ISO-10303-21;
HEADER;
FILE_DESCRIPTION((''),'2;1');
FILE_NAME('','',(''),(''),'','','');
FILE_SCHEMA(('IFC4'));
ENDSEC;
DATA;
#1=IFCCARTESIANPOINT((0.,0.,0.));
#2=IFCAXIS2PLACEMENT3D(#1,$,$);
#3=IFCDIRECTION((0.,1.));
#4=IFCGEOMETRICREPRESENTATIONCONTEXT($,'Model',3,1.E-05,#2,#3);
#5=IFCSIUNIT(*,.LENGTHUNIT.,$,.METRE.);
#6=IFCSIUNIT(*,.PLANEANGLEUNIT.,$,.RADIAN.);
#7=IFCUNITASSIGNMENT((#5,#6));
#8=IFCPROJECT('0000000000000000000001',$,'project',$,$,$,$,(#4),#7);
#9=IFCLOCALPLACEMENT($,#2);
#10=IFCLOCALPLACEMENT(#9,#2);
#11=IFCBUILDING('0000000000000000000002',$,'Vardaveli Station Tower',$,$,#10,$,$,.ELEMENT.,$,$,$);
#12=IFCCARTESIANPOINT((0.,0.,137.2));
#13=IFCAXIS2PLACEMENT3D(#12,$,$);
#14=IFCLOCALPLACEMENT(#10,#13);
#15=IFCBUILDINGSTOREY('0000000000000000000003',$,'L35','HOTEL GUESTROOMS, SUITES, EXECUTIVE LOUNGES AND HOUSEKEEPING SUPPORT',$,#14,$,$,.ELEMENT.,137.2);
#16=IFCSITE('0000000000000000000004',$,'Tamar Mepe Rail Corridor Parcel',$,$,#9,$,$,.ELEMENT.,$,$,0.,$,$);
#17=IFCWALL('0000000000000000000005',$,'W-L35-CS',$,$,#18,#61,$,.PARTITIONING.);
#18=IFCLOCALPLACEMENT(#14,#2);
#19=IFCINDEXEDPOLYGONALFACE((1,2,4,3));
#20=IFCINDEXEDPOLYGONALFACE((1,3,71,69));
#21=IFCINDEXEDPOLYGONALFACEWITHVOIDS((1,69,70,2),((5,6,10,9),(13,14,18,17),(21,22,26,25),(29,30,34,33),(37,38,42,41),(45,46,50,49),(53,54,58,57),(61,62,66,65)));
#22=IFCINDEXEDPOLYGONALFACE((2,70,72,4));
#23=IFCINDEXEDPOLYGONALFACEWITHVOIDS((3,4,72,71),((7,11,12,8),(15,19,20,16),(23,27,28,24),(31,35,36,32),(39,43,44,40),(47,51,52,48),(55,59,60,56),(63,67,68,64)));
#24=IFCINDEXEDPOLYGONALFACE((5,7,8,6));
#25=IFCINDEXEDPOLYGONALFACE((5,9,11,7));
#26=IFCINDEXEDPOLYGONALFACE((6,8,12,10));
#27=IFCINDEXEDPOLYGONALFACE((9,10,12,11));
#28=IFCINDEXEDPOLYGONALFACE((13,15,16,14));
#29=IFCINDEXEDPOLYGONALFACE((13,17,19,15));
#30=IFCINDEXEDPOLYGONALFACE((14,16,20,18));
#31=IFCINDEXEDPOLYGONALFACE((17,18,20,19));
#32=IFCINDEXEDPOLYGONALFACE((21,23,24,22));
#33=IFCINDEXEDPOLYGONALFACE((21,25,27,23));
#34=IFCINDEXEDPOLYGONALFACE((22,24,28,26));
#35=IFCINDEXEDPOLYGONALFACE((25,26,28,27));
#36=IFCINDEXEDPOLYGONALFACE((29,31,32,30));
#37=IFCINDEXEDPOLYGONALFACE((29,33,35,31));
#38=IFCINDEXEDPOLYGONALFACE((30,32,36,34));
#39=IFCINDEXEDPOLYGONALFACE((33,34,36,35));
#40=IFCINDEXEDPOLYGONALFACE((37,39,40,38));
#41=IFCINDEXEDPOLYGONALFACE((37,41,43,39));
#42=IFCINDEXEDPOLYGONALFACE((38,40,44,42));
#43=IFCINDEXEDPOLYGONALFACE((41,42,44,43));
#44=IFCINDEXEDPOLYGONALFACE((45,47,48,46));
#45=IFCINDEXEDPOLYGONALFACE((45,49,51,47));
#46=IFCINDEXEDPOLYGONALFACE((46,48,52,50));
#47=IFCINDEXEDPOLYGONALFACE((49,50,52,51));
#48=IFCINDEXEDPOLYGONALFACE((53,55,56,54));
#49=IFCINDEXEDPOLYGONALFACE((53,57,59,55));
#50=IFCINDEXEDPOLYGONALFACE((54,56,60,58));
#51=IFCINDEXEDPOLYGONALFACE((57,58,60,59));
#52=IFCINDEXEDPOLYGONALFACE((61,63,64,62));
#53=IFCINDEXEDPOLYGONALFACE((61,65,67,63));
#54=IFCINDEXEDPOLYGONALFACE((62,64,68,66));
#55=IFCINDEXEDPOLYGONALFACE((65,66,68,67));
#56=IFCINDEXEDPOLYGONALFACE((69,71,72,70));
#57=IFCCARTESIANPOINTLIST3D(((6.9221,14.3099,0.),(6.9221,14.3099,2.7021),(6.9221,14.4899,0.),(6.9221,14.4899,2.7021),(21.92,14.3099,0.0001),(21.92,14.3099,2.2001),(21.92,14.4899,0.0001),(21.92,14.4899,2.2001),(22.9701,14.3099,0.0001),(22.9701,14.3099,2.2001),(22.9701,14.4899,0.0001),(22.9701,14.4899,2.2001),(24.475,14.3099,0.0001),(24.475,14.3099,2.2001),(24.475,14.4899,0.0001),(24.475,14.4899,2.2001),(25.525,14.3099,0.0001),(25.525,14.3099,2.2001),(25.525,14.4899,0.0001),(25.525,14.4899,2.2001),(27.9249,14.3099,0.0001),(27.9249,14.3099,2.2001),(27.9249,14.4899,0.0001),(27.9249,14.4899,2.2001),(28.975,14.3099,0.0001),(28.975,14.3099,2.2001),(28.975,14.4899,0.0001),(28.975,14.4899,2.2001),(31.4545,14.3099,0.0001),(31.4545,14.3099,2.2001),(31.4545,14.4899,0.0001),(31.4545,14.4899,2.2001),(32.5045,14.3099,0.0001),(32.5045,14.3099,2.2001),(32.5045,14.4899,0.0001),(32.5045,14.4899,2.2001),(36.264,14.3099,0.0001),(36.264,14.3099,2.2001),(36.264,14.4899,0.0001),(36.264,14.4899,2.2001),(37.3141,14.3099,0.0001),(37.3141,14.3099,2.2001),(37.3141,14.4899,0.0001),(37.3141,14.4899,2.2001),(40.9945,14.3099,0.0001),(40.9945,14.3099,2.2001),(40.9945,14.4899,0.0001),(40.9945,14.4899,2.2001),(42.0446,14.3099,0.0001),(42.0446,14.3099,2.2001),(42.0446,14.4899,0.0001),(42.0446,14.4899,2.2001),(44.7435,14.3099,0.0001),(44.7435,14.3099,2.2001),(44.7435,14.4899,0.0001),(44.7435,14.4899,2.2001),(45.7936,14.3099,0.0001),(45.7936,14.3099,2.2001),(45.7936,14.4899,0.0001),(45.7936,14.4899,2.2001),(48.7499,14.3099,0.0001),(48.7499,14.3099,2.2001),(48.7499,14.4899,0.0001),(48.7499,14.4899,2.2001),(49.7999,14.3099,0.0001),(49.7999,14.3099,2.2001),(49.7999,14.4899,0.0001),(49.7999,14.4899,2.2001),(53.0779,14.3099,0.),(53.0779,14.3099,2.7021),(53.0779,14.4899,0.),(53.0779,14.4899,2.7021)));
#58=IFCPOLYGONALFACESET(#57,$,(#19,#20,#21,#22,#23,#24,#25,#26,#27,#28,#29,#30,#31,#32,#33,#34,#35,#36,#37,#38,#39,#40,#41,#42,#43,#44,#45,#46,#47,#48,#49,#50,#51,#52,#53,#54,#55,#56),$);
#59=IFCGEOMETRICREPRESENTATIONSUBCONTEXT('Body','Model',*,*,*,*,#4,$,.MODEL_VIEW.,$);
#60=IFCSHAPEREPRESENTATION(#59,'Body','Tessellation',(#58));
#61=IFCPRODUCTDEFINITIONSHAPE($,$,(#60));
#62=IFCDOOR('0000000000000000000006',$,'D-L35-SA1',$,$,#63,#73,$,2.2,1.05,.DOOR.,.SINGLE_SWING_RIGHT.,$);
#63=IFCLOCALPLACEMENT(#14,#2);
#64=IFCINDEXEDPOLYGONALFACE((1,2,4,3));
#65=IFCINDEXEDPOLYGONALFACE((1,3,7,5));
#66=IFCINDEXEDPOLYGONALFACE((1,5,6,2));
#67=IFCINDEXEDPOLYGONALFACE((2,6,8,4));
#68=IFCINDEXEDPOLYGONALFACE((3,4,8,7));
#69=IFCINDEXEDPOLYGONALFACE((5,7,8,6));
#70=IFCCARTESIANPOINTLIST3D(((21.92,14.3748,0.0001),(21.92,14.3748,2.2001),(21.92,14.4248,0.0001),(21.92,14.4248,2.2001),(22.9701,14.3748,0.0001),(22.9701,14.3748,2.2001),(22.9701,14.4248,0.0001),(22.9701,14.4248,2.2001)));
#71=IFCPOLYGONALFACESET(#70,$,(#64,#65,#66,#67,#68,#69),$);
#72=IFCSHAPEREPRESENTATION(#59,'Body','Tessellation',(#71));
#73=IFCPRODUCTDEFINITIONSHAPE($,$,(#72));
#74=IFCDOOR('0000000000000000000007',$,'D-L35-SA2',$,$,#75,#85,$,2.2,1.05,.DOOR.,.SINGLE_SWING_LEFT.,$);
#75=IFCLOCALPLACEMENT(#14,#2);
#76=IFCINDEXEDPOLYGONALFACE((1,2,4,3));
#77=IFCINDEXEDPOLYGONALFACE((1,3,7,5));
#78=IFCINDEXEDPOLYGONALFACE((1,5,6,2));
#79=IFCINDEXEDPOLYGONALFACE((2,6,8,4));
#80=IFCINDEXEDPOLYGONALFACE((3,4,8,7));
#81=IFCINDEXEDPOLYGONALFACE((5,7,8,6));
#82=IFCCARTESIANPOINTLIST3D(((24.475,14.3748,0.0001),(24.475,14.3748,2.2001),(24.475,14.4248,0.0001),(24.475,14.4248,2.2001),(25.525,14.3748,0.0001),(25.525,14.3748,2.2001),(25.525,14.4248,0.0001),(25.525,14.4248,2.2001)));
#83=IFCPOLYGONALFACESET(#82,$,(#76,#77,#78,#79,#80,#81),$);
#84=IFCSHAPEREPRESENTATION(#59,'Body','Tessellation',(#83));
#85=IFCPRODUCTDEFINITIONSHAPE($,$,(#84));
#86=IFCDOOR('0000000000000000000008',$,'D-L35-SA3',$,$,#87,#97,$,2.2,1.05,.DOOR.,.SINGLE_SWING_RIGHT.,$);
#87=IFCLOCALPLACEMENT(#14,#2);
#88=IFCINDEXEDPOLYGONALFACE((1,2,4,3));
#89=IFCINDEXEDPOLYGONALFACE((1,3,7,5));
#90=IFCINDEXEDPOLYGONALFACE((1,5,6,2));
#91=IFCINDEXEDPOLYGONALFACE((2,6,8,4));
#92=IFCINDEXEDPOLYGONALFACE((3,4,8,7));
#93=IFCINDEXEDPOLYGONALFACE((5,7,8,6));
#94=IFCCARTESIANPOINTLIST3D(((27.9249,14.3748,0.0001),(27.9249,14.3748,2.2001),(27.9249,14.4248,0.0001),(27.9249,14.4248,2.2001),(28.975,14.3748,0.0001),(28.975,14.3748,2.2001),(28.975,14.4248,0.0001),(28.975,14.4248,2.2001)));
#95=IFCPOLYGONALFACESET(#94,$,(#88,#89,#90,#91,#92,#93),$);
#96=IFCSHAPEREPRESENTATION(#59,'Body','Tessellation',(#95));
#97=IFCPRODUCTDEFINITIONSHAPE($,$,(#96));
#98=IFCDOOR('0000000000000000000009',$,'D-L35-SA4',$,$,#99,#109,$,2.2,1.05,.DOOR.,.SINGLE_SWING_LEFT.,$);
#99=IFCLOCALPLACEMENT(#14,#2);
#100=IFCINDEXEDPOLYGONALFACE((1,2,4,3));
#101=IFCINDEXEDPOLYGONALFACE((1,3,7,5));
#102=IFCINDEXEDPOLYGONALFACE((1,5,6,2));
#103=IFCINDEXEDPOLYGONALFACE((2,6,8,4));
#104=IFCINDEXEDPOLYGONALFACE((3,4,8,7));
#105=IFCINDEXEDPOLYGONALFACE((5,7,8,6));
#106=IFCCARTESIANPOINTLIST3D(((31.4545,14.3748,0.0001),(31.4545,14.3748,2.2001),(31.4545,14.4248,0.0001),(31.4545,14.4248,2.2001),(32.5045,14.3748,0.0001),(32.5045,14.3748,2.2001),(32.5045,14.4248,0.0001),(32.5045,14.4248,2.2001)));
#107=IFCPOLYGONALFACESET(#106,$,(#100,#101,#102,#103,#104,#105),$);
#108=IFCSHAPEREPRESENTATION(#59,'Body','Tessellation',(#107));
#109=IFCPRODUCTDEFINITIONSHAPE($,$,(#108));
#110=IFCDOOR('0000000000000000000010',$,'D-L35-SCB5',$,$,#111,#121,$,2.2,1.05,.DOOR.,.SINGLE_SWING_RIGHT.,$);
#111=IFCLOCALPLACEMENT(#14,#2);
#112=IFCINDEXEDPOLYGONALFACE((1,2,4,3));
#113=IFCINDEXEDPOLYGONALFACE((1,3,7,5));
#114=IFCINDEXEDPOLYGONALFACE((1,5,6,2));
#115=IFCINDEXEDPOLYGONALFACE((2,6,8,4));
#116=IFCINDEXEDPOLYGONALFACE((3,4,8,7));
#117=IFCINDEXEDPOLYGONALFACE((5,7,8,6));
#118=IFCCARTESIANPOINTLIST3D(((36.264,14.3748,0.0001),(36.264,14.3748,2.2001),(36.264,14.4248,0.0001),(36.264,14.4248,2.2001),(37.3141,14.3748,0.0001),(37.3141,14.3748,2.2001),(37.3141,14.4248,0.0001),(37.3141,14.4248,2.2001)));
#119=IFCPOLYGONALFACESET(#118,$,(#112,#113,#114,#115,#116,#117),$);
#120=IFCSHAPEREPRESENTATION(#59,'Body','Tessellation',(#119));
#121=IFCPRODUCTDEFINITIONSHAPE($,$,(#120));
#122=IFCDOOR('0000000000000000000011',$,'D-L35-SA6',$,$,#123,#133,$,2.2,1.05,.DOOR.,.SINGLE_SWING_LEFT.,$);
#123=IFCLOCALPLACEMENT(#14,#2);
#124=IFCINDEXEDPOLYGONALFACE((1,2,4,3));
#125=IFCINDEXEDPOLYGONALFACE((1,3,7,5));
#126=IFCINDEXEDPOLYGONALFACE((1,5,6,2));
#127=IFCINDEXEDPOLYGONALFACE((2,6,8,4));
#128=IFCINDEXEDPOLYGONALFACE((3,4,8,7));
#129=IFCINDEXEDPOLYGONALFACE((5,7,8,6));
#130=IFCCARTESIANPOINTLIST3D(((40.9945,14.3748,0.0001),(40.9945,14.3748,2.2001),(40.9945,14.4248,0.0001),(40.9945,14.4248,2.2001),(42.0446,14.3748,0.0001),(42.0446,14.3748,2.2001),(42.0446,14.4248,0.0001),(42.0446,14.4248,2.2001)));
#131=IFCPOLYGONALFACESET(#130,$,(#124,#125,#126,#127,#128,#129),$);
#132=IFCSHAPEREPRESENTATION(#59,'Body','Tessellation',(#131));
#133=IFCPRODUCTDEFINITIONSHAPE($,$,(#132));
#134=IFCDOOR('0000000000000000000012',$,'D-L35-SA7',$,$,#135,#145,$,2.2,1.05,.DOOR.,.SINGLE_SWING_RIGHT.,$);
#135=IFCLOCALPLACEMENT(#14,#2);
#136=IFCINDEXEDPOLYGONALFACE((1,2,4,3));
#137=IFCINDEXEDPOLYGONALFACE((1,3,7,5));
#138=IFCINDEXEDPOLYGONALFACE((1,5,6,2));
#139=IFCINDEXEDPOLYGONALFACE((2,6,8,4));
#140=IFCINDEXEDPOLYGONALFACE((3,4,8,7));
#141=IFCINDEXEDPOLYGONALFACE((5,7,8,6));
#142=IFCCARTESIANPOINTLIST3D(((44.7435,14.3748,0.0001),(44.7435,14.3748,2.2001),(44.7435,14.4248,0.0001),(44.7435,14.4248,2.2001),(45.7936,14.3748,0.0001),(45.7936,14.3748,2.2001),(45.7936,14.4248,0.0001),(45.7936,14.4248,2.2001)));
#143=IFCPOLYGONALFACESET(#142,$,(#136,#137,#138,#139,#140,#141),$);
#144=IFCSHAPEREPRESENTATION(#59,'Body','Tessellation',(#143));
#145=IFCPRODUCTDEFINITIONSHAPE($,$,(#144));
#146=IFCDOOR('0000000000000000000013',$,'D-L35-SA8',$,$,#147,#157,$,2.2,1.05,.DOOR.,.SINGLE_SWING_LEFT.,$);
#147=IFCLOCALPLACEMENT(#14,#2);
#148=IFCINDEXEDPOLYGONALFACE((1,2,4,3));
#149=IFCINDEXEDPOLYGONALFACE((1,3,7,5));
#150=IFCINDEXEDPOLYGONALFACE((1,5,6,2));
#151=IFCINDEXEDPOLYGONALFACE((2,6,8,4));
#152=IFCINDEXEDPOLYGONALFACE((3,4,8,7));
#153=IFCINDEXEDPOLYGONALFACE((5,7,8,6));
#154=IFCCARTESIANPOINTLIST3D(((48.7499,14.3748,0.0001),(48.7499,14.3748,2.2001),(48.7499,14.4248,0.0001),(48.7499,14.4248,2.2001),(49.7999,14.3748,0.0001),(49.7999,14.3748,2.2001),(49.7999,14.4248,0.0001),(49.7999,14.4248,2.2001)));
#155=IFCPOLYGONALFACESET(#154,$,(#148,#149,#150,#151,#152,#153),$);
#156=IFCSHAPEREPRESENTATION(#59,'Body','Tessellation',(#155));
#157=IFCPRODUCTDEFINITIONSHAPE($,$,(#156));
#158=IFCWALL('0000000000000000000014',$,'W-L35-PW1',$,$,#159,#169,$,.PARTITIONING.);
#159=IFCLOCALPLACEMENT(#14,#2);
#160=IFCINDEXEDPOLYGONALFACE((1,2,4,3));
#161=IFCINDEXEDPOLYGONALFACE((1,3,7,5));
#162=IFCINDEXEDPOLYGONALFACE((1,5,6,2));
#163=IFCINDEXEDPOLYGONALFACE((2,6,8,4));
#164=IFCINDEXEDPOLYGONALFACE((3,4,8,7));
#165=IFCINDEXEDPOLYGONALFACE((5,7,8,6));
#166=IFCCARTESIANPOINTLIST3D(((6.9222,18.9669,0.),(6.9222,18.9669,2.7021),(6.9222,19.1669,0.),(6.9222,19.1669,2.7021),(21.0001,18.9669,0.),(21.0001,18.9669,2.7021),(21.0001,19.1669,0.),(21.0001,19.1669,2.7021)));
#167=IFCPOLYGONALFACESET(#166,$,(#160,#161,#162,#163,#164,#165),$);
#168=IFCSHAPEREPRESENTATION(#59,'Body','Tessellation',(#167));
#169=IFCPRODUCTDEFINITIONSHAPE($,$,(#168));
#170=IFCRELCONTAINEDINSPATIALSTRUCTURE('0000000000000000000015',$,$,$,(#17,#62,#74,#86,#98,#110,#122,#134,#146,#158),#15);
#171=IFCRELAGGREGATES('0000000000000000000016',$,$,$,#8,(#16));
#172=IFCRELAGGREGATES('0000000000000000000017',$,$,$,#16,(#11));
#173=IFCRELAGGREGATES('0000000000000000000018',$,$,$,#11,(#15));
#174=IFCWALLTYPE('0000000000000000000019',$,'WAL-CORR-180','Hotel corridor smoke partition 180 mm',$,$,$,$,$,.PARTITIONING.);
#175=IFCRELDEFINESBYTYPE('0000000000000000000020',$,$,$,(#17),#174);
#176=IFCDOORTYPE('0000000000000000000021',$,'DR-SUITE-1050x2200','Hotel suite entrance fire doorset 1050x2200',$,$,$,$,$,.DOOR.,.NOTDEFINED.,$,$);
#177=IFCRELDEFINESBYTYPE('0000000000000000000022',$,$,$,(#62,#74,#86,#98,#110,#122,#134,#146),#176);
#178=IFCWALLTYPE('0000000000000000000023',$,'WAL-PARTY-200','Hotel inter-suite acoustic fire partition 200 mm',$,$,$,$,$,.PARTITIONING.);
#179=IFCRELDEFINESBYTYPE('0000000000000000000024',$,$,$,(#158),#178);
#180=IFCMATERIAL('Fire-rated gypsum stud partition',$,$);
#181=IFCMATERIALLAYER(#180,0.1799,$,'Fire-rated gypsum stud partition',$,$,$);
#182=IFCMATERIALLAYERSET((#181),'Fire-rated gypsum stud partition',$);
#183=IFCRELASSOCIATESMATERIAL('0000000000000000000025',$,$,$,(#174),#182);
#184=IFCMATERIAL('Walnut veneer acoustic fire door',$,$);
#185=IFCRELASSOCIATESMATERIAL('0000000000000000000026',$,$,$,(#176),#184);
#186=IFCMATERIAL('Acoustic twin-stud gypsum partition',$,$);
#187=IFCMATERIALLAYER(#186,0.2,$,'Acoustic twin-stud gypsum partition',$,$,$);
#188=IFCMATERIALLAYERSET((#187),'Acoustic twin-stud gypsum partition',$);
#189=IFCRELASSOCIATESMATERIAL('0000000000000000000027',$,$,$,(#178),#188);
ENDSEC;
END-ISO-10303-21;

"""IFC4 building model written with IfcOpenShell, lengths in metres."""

from ifc_helpers import new_model, si_unit, direction, frame, frame_2d, origin, place, context, subcontext, project, spatial, rectangle, extrude, source, transform, mapped, material, layer, layer_set, type_object, element, fill, save


model = new_model("IFC4")

# Units and contexts
model_context = context("Model", 3, precision=1e-05, world=origin(), true_north=direction((0.0, 1.0)))
body_context = subcontext(model_context, "Body", "Model", "MODEL_VIEW")
ifc_project = project(units=[si_unit("LENGTHUNIT", "METRE"), si_unit("PLANEANGLEUNIT", "RADIAN")], contexts=[model_context])

# Site, building, storey
site_placement = place(None, origin())
site = spatial("IfcSite", under=ifc_project, at=site_placement, Name="Tamar Mepe Rail Corridor Parcel", CompositionType="ELEMENT", RefElevation=0.0)
building_placement = place(site_placement, origin())
building = spatial("IfcBuilding", under=site, at=building_placement, Name="Vardaveli Station Tower", CompositionType="ELEMENT")
storey_placement = place(building_placement, frame((0.0, 0.0, 137.2)))
storey = spatial("IfcBuildingStorey", under=building, at=storey_placement, Name="L35", Description="HOTEL GUESTROOMS, SUITES, EXECUTIVE LOUNGES AND HOUSEKEEPING SUPPORT", CompositionType="ELEMENT", Elevation=137.2)

# Wall, openings, doors
ifc_material_1 = material(Name="Fire-rated gypsum stud partition")
ifc_layer_1 = layer(ifc_material_1, 0.1799, Name="Fire-rated gypsum stud partition")
ifc_layer_set_1 = layer_set([ifc_layer_1], Name="Fire-rated gypsum stud partition")
wall_type_1 = type_object("IfcWallType", Name="WAL-CORR-180", Description="Hotel corridor smoke partition 180 mm", PredefinedType="PARTITIONING", material=ifc_layer_set_1)
shared_shape_1 = source(origin(), body_context, "Body", "SweptSolid", [
    extrude(rectangle(XDim=46.1558, YDim=0.1799, at=frame_2d((23.0779, 0.0))), origin(), (0.0, 0.0, 1.0), 2.7021),
])
wall_1_placement = place(storey_placement, frame((6.9221, 14.3999, 0.0), z_axis=(0.0, 0.0, 1.0), x_axis=(1.0, 0.0, 0.0)))
wall_1 = element("IfcWall", 1, at=wall_1_placement, inside=storey, type_object=wall_type_1, Name="W-L35-CS", PredefinedType="PARTITIONING", context=body_context, shape_type="MappedRepresentation", body=[
    mapped(shared_shape_1, transform((0.0, 0.0, 0.0), scale=1.0)),
])
shared_shape_2 = source(origin(), body_context, "Body", "SweptSolid", [
    extrude(rectangle(XDim=1.05, YDim=2.2, at=frame_2d((0.5249, 1.1001))), frame((0.0, 0.1001, 0.0), z_axis=(0.0, -1.0, 0.0), x_axis=(1.0, 0.0, 0.0)), (0.0, 0.0, 1.0), 0.2),
])
opening_1_placement = place(wall_1_placement, frame((14.998, 0.0, 0.0)))
opening_1 = element("IfcOpeningElement", 2, at=opening_1_placement, cuts=wall_1, PredefinedType="OPENING", context=body_context, shape_type="MappedRepresentation", body=[
    mapped(shared_shape_2, transform((0.0, 0.0, 0.0), scale=1.0)),
])
opening_2_placement = place(wall_1_placement, frame((17.553, 0.0, 0.0)))
opening_2 = element("IfcOpeningElement", 3, at=opening_2_placement, cuts=wall_1, PredefinedType="OPENING", context=body_context, shape_type="MappedRepresentation", body=[
    mapped(shared_shape_2, transform((0.0, 0.0, 0.0), scale=1.0)),
])
opening_3_placement = place(wall_1_placement, frame((21.0029, 0.0, 0.0)))
opening_3 = element("IfcOpeningElement", 4, at=opening_3_placement, cuts=wall_1, PredefinedType="OPENING", context=body_context, shape_type="MappedRepresentation", body=[
    mapped(shared_shape_2, transform((0.0, 0.0, 0.0), scale=1.0)),
])
opening_4_placement = place(wall_1_placement, frame((24.5325, 0.0, 0.0)))
opening_4 = element("IfcOpeningElement", 5, at=opening_4_placement, cuts=wall_1, PredefinedType="OPENING", context=body_context, shape_type="MappedRepresentation", body=[
    mapped(shared_shape_2, transform((0.0, 0.0, 0.0), scale=1.0)),
])
opening_5_placement = place(wall_1_placement, frame((29.342, 0.0, 0.0)))
opening_5 = element("IfcOpeningElement", 6, at=opening_5_placement, cuts=wall_1, PredefinedType="OPENING", context=body_context, shape_type="MappedRepresentation", body=[
    mapped(shared_shape_2, transform((0.0, 0.0, 0.0), scale=1.0)),
])
opening_6_placement = place(wall_1_placement, frame((34.0725, 0.0, 0.0)))
opening_6 = element("IfcOpeningElement", 7, at=opening_6_placement, cuts=wall_1, PredefinedType="OPENING", context=body_context, shape_type="MappedRepresentation", body=[
    mapped(shared_shape_2, transform((0.0, 0.0, 0.0), scale=1.0)),
])
opening_7_placement = place(wall_1_placement, frame((37.8215, 0.0, 0.0)))
opening_7 = element("IfcOpeningElement", 8, at=opening_7_placement, cuts=wall_1, PredefinedType="OPENING", context=body_context, shape_type="MappedRepresentation", body=[
    mapped(shared_shape_2, transform((0.0, 0.0, 0.0), scale=1.0)),
])
opening_8_placement = place(wall_1_placement, frame((41.8279, 0.0, 0.0)))
opening_8 = element("IfcOpeningElement", 9, at=opening_8_placement, cuts=wall_1, PredefinedType="OPENING", context=body_context, shape_type="MappedRepresentation", body=[
    mapped(shared_shape_2, transform((0.0, 0.0, 0.0), scale=1.0)),
])
ifc_material_2 = material(Name="Walnut veneer acoustic fire door")
door_type_1 = type_object("IfcDoorType", Name="DR-SUITE-1050x2200", Description="Hotel suite entrance fire doorset 1050x2200", OperationType="NOTDEFINED", PredefinedType="DOOR", material=ifc_material_2)
shared_shape_3 = source(origin(), body_context, "Body", "SweptSolid", [
    extrude(rectangle(XDim=1.05, YDim=2.2, at=frame_2d((0.5249, 1.1001))), frame((0.0, 0.0249, 0.0), z_axis=(0.0, -1.0, 0.0), x_axis=(1.0, 0.0, 0.0)), (0.0, 0.0, 1.0), 0.05),
])
door_1_placement = place(opening_1_placement, origin())
door_1 = element("IfcDoor", 10, at=door_1_placement, inside=storey, type_object=door_type_1, Name="D-L35-SA1", OperationType="SINGLE_SWING_RIGHT", OverallHeight=2.2, OverallWidth=1.05, PredefinedType="DOOR", context=body_context, shape_type="MappedRepresentation", body=[
    mapped(shared_shape_3, transform((0.0, 0.0, 0.0), scale=1.0)),
])
fill(opening_1, door_1)
door_2_placement = place(opening_2_placement, origin())
door_2 = element("IfcDoor", 11, at=door_2_placement, inside=storey, type_object=door_type_1, Name="D-L35-SA2", OperationType="SINGLE_SWING_LEFT", OverallHeight=2.2, OverallWidth=1.05, PredefinedType="DOOR", context=body_context, shape_type="MappedRepresentation", body=[
    mapped(shared_shape_3, transform((0.0, 0.0, 0.0), scale=1.0)),
])
fill(opening_2, door_2)
door_3_placement = place(opening_3_placement, origin())
door_3 = element("IfcDoor", 12, at=door_3_placement, inside=storey, type_object=door_type_1, Name="D-L35-SA3", OperationType="SINGLE_SWING_RIGHT", OverallHeight=2.2, OverallWidth=1.05, PredefinedType="DOOR", context=body_context, shape_type="MappedRepresentation", body=[
    mapped(shared_shape_3, transform((0.0, 0.0, 0.0), scale=1.0)),
])
fill(opening_3, door_3)
door_4_placement = place(opening_4_placement, origin())
door_4 = element("IfcDoor", 13, at=door_4_placement, inside=storey, type_object=door_type_1, Name="D-L35-SA4", OperationType="SINGLE_SWING_LEFT", OverallHeight=2.2, OverallWidth=1.05, PredefinedType="DOOR", context=body_context, shape_type="MappedRepresentation", body=[
    mapped(shared_shape_3, transform((0.0, 0.0, 0.0), scale=1.0)),
])
fill(opening_4, door_4)
door_5_placement = place(opening_5_placement, origin())
door_5 = element("IfcDoor", 14, at=door_5_placement, inside=storey, type_object=door_type_1, Name="D-L35-SCB5", OperationType="SINGLE_SWING_RIGHT", OverallHeight=2.2, OverallWidth=1.05, PredefinedType="DOOR", context=body_context, shape_type="MappedRepresentation", body=[
    mapped(shared_shape_3, transform((0.0, 0.0, 0.0), scale=1.0)),
])
fill(opening_5, door_5)
door_6_placement = place(opening_6_placement, origin())
door_6 = element("IfcDoor", 15, at=door_6_placement, inside=storey, type_object=door_type_1, Name="D-L35-SA6", OperationType="SINGLE_SWING_LEFT", OverallHeight=2.2, OverallWidth=1.05, PredefinedType="DOOR", context=body_context, shape_type="MappedRepresentation", body=[
    mapped(shared_shape_3, transform((0.0, 0.0, 0.0), scale=1.0)),
])
fill(opening_6, door_6)
door_7_placement = place(opening_7_placement, origin())
door_7 = element("IfcDoor", 16, at=door_7_placement, inside=storey, type_object=door_type_1, Name="D-L35-SA7", OperationType="SINGLE_SWING_RIGHT", OverallHeight=2.2, OverallWidth=1.05, PredefinedType="DOOR", context=body_context, shape_type="MappedRepresentation", body=[
    mapped(shared_shape_3, transform((0.0, 0.0, 0.0), scale=1.0)),
])
fill(opening_7, door_7)
door_8_placement = place(opening_8_placement, origin())
door_8 = element("IfcDoor", 17, at=door_8_placement, inside=storey, type_object=door_type_1, Name="D-L35-SA8", OperationType="SINGLE_SWING_LEFT", OverallHeight=2.2, OverallWidth=1.05, PredefinedType="DOOR", context=body_context, shape_type="MappedRepresentation", body=[
    mapped(shared_shape_3, transform((0.0, 0.0, 0.0), scale=1.0)),
])
fill(opening_8, door_8)

# Wall
ifc_material_3 = material(Name="Acoustic twin-stud gypsum partition")
ifc_layer_2 = layer(ifc_material_3, 0.2, Name="Acoustic twin-stud gypsum partition")
ifc_layer_set_2 = layer_set([ifc_layer_2], Name="Acoustic twin-stud gypsum partition")
wall_type_2 = type_object("IfcWallType", Name="WAL-PARTY-200", Description="Hotel inter-suite acoustic fire partition 200 mm", PredefinedType="PARTITIONING", material=ifc_layer_set_2)
shared_shape_4 = source(origin(), body_context, "Body", "SweptSolid", [
    extrude(rectangle(XDim=14.0779, YDim=0.2, at=frame_2d((7.0391, 0.0))), origin(), (0.0, 0.0, 1.0), 2.7021),
])
wall_2_placement = place(storey_placement, frame((6.9221, 19.0669, 0.0), z_axis=(0.0, 0.0, 1.0), x_axis=(1.0, 0.0, 0.0)))
element("IfcWall", 18, at=wall_2_placement, inside=storey, type_object=wall_type_2, Name="W-L35-PW1", PredefinedType="PARTITIONING", context=body_context, shape_type="MappedRepresentation", body=[
    mapped(shared_shape_4, transform((0.0, 0.0, 0.0), scale=1.0)),
])

save(model, "model.ifc")
